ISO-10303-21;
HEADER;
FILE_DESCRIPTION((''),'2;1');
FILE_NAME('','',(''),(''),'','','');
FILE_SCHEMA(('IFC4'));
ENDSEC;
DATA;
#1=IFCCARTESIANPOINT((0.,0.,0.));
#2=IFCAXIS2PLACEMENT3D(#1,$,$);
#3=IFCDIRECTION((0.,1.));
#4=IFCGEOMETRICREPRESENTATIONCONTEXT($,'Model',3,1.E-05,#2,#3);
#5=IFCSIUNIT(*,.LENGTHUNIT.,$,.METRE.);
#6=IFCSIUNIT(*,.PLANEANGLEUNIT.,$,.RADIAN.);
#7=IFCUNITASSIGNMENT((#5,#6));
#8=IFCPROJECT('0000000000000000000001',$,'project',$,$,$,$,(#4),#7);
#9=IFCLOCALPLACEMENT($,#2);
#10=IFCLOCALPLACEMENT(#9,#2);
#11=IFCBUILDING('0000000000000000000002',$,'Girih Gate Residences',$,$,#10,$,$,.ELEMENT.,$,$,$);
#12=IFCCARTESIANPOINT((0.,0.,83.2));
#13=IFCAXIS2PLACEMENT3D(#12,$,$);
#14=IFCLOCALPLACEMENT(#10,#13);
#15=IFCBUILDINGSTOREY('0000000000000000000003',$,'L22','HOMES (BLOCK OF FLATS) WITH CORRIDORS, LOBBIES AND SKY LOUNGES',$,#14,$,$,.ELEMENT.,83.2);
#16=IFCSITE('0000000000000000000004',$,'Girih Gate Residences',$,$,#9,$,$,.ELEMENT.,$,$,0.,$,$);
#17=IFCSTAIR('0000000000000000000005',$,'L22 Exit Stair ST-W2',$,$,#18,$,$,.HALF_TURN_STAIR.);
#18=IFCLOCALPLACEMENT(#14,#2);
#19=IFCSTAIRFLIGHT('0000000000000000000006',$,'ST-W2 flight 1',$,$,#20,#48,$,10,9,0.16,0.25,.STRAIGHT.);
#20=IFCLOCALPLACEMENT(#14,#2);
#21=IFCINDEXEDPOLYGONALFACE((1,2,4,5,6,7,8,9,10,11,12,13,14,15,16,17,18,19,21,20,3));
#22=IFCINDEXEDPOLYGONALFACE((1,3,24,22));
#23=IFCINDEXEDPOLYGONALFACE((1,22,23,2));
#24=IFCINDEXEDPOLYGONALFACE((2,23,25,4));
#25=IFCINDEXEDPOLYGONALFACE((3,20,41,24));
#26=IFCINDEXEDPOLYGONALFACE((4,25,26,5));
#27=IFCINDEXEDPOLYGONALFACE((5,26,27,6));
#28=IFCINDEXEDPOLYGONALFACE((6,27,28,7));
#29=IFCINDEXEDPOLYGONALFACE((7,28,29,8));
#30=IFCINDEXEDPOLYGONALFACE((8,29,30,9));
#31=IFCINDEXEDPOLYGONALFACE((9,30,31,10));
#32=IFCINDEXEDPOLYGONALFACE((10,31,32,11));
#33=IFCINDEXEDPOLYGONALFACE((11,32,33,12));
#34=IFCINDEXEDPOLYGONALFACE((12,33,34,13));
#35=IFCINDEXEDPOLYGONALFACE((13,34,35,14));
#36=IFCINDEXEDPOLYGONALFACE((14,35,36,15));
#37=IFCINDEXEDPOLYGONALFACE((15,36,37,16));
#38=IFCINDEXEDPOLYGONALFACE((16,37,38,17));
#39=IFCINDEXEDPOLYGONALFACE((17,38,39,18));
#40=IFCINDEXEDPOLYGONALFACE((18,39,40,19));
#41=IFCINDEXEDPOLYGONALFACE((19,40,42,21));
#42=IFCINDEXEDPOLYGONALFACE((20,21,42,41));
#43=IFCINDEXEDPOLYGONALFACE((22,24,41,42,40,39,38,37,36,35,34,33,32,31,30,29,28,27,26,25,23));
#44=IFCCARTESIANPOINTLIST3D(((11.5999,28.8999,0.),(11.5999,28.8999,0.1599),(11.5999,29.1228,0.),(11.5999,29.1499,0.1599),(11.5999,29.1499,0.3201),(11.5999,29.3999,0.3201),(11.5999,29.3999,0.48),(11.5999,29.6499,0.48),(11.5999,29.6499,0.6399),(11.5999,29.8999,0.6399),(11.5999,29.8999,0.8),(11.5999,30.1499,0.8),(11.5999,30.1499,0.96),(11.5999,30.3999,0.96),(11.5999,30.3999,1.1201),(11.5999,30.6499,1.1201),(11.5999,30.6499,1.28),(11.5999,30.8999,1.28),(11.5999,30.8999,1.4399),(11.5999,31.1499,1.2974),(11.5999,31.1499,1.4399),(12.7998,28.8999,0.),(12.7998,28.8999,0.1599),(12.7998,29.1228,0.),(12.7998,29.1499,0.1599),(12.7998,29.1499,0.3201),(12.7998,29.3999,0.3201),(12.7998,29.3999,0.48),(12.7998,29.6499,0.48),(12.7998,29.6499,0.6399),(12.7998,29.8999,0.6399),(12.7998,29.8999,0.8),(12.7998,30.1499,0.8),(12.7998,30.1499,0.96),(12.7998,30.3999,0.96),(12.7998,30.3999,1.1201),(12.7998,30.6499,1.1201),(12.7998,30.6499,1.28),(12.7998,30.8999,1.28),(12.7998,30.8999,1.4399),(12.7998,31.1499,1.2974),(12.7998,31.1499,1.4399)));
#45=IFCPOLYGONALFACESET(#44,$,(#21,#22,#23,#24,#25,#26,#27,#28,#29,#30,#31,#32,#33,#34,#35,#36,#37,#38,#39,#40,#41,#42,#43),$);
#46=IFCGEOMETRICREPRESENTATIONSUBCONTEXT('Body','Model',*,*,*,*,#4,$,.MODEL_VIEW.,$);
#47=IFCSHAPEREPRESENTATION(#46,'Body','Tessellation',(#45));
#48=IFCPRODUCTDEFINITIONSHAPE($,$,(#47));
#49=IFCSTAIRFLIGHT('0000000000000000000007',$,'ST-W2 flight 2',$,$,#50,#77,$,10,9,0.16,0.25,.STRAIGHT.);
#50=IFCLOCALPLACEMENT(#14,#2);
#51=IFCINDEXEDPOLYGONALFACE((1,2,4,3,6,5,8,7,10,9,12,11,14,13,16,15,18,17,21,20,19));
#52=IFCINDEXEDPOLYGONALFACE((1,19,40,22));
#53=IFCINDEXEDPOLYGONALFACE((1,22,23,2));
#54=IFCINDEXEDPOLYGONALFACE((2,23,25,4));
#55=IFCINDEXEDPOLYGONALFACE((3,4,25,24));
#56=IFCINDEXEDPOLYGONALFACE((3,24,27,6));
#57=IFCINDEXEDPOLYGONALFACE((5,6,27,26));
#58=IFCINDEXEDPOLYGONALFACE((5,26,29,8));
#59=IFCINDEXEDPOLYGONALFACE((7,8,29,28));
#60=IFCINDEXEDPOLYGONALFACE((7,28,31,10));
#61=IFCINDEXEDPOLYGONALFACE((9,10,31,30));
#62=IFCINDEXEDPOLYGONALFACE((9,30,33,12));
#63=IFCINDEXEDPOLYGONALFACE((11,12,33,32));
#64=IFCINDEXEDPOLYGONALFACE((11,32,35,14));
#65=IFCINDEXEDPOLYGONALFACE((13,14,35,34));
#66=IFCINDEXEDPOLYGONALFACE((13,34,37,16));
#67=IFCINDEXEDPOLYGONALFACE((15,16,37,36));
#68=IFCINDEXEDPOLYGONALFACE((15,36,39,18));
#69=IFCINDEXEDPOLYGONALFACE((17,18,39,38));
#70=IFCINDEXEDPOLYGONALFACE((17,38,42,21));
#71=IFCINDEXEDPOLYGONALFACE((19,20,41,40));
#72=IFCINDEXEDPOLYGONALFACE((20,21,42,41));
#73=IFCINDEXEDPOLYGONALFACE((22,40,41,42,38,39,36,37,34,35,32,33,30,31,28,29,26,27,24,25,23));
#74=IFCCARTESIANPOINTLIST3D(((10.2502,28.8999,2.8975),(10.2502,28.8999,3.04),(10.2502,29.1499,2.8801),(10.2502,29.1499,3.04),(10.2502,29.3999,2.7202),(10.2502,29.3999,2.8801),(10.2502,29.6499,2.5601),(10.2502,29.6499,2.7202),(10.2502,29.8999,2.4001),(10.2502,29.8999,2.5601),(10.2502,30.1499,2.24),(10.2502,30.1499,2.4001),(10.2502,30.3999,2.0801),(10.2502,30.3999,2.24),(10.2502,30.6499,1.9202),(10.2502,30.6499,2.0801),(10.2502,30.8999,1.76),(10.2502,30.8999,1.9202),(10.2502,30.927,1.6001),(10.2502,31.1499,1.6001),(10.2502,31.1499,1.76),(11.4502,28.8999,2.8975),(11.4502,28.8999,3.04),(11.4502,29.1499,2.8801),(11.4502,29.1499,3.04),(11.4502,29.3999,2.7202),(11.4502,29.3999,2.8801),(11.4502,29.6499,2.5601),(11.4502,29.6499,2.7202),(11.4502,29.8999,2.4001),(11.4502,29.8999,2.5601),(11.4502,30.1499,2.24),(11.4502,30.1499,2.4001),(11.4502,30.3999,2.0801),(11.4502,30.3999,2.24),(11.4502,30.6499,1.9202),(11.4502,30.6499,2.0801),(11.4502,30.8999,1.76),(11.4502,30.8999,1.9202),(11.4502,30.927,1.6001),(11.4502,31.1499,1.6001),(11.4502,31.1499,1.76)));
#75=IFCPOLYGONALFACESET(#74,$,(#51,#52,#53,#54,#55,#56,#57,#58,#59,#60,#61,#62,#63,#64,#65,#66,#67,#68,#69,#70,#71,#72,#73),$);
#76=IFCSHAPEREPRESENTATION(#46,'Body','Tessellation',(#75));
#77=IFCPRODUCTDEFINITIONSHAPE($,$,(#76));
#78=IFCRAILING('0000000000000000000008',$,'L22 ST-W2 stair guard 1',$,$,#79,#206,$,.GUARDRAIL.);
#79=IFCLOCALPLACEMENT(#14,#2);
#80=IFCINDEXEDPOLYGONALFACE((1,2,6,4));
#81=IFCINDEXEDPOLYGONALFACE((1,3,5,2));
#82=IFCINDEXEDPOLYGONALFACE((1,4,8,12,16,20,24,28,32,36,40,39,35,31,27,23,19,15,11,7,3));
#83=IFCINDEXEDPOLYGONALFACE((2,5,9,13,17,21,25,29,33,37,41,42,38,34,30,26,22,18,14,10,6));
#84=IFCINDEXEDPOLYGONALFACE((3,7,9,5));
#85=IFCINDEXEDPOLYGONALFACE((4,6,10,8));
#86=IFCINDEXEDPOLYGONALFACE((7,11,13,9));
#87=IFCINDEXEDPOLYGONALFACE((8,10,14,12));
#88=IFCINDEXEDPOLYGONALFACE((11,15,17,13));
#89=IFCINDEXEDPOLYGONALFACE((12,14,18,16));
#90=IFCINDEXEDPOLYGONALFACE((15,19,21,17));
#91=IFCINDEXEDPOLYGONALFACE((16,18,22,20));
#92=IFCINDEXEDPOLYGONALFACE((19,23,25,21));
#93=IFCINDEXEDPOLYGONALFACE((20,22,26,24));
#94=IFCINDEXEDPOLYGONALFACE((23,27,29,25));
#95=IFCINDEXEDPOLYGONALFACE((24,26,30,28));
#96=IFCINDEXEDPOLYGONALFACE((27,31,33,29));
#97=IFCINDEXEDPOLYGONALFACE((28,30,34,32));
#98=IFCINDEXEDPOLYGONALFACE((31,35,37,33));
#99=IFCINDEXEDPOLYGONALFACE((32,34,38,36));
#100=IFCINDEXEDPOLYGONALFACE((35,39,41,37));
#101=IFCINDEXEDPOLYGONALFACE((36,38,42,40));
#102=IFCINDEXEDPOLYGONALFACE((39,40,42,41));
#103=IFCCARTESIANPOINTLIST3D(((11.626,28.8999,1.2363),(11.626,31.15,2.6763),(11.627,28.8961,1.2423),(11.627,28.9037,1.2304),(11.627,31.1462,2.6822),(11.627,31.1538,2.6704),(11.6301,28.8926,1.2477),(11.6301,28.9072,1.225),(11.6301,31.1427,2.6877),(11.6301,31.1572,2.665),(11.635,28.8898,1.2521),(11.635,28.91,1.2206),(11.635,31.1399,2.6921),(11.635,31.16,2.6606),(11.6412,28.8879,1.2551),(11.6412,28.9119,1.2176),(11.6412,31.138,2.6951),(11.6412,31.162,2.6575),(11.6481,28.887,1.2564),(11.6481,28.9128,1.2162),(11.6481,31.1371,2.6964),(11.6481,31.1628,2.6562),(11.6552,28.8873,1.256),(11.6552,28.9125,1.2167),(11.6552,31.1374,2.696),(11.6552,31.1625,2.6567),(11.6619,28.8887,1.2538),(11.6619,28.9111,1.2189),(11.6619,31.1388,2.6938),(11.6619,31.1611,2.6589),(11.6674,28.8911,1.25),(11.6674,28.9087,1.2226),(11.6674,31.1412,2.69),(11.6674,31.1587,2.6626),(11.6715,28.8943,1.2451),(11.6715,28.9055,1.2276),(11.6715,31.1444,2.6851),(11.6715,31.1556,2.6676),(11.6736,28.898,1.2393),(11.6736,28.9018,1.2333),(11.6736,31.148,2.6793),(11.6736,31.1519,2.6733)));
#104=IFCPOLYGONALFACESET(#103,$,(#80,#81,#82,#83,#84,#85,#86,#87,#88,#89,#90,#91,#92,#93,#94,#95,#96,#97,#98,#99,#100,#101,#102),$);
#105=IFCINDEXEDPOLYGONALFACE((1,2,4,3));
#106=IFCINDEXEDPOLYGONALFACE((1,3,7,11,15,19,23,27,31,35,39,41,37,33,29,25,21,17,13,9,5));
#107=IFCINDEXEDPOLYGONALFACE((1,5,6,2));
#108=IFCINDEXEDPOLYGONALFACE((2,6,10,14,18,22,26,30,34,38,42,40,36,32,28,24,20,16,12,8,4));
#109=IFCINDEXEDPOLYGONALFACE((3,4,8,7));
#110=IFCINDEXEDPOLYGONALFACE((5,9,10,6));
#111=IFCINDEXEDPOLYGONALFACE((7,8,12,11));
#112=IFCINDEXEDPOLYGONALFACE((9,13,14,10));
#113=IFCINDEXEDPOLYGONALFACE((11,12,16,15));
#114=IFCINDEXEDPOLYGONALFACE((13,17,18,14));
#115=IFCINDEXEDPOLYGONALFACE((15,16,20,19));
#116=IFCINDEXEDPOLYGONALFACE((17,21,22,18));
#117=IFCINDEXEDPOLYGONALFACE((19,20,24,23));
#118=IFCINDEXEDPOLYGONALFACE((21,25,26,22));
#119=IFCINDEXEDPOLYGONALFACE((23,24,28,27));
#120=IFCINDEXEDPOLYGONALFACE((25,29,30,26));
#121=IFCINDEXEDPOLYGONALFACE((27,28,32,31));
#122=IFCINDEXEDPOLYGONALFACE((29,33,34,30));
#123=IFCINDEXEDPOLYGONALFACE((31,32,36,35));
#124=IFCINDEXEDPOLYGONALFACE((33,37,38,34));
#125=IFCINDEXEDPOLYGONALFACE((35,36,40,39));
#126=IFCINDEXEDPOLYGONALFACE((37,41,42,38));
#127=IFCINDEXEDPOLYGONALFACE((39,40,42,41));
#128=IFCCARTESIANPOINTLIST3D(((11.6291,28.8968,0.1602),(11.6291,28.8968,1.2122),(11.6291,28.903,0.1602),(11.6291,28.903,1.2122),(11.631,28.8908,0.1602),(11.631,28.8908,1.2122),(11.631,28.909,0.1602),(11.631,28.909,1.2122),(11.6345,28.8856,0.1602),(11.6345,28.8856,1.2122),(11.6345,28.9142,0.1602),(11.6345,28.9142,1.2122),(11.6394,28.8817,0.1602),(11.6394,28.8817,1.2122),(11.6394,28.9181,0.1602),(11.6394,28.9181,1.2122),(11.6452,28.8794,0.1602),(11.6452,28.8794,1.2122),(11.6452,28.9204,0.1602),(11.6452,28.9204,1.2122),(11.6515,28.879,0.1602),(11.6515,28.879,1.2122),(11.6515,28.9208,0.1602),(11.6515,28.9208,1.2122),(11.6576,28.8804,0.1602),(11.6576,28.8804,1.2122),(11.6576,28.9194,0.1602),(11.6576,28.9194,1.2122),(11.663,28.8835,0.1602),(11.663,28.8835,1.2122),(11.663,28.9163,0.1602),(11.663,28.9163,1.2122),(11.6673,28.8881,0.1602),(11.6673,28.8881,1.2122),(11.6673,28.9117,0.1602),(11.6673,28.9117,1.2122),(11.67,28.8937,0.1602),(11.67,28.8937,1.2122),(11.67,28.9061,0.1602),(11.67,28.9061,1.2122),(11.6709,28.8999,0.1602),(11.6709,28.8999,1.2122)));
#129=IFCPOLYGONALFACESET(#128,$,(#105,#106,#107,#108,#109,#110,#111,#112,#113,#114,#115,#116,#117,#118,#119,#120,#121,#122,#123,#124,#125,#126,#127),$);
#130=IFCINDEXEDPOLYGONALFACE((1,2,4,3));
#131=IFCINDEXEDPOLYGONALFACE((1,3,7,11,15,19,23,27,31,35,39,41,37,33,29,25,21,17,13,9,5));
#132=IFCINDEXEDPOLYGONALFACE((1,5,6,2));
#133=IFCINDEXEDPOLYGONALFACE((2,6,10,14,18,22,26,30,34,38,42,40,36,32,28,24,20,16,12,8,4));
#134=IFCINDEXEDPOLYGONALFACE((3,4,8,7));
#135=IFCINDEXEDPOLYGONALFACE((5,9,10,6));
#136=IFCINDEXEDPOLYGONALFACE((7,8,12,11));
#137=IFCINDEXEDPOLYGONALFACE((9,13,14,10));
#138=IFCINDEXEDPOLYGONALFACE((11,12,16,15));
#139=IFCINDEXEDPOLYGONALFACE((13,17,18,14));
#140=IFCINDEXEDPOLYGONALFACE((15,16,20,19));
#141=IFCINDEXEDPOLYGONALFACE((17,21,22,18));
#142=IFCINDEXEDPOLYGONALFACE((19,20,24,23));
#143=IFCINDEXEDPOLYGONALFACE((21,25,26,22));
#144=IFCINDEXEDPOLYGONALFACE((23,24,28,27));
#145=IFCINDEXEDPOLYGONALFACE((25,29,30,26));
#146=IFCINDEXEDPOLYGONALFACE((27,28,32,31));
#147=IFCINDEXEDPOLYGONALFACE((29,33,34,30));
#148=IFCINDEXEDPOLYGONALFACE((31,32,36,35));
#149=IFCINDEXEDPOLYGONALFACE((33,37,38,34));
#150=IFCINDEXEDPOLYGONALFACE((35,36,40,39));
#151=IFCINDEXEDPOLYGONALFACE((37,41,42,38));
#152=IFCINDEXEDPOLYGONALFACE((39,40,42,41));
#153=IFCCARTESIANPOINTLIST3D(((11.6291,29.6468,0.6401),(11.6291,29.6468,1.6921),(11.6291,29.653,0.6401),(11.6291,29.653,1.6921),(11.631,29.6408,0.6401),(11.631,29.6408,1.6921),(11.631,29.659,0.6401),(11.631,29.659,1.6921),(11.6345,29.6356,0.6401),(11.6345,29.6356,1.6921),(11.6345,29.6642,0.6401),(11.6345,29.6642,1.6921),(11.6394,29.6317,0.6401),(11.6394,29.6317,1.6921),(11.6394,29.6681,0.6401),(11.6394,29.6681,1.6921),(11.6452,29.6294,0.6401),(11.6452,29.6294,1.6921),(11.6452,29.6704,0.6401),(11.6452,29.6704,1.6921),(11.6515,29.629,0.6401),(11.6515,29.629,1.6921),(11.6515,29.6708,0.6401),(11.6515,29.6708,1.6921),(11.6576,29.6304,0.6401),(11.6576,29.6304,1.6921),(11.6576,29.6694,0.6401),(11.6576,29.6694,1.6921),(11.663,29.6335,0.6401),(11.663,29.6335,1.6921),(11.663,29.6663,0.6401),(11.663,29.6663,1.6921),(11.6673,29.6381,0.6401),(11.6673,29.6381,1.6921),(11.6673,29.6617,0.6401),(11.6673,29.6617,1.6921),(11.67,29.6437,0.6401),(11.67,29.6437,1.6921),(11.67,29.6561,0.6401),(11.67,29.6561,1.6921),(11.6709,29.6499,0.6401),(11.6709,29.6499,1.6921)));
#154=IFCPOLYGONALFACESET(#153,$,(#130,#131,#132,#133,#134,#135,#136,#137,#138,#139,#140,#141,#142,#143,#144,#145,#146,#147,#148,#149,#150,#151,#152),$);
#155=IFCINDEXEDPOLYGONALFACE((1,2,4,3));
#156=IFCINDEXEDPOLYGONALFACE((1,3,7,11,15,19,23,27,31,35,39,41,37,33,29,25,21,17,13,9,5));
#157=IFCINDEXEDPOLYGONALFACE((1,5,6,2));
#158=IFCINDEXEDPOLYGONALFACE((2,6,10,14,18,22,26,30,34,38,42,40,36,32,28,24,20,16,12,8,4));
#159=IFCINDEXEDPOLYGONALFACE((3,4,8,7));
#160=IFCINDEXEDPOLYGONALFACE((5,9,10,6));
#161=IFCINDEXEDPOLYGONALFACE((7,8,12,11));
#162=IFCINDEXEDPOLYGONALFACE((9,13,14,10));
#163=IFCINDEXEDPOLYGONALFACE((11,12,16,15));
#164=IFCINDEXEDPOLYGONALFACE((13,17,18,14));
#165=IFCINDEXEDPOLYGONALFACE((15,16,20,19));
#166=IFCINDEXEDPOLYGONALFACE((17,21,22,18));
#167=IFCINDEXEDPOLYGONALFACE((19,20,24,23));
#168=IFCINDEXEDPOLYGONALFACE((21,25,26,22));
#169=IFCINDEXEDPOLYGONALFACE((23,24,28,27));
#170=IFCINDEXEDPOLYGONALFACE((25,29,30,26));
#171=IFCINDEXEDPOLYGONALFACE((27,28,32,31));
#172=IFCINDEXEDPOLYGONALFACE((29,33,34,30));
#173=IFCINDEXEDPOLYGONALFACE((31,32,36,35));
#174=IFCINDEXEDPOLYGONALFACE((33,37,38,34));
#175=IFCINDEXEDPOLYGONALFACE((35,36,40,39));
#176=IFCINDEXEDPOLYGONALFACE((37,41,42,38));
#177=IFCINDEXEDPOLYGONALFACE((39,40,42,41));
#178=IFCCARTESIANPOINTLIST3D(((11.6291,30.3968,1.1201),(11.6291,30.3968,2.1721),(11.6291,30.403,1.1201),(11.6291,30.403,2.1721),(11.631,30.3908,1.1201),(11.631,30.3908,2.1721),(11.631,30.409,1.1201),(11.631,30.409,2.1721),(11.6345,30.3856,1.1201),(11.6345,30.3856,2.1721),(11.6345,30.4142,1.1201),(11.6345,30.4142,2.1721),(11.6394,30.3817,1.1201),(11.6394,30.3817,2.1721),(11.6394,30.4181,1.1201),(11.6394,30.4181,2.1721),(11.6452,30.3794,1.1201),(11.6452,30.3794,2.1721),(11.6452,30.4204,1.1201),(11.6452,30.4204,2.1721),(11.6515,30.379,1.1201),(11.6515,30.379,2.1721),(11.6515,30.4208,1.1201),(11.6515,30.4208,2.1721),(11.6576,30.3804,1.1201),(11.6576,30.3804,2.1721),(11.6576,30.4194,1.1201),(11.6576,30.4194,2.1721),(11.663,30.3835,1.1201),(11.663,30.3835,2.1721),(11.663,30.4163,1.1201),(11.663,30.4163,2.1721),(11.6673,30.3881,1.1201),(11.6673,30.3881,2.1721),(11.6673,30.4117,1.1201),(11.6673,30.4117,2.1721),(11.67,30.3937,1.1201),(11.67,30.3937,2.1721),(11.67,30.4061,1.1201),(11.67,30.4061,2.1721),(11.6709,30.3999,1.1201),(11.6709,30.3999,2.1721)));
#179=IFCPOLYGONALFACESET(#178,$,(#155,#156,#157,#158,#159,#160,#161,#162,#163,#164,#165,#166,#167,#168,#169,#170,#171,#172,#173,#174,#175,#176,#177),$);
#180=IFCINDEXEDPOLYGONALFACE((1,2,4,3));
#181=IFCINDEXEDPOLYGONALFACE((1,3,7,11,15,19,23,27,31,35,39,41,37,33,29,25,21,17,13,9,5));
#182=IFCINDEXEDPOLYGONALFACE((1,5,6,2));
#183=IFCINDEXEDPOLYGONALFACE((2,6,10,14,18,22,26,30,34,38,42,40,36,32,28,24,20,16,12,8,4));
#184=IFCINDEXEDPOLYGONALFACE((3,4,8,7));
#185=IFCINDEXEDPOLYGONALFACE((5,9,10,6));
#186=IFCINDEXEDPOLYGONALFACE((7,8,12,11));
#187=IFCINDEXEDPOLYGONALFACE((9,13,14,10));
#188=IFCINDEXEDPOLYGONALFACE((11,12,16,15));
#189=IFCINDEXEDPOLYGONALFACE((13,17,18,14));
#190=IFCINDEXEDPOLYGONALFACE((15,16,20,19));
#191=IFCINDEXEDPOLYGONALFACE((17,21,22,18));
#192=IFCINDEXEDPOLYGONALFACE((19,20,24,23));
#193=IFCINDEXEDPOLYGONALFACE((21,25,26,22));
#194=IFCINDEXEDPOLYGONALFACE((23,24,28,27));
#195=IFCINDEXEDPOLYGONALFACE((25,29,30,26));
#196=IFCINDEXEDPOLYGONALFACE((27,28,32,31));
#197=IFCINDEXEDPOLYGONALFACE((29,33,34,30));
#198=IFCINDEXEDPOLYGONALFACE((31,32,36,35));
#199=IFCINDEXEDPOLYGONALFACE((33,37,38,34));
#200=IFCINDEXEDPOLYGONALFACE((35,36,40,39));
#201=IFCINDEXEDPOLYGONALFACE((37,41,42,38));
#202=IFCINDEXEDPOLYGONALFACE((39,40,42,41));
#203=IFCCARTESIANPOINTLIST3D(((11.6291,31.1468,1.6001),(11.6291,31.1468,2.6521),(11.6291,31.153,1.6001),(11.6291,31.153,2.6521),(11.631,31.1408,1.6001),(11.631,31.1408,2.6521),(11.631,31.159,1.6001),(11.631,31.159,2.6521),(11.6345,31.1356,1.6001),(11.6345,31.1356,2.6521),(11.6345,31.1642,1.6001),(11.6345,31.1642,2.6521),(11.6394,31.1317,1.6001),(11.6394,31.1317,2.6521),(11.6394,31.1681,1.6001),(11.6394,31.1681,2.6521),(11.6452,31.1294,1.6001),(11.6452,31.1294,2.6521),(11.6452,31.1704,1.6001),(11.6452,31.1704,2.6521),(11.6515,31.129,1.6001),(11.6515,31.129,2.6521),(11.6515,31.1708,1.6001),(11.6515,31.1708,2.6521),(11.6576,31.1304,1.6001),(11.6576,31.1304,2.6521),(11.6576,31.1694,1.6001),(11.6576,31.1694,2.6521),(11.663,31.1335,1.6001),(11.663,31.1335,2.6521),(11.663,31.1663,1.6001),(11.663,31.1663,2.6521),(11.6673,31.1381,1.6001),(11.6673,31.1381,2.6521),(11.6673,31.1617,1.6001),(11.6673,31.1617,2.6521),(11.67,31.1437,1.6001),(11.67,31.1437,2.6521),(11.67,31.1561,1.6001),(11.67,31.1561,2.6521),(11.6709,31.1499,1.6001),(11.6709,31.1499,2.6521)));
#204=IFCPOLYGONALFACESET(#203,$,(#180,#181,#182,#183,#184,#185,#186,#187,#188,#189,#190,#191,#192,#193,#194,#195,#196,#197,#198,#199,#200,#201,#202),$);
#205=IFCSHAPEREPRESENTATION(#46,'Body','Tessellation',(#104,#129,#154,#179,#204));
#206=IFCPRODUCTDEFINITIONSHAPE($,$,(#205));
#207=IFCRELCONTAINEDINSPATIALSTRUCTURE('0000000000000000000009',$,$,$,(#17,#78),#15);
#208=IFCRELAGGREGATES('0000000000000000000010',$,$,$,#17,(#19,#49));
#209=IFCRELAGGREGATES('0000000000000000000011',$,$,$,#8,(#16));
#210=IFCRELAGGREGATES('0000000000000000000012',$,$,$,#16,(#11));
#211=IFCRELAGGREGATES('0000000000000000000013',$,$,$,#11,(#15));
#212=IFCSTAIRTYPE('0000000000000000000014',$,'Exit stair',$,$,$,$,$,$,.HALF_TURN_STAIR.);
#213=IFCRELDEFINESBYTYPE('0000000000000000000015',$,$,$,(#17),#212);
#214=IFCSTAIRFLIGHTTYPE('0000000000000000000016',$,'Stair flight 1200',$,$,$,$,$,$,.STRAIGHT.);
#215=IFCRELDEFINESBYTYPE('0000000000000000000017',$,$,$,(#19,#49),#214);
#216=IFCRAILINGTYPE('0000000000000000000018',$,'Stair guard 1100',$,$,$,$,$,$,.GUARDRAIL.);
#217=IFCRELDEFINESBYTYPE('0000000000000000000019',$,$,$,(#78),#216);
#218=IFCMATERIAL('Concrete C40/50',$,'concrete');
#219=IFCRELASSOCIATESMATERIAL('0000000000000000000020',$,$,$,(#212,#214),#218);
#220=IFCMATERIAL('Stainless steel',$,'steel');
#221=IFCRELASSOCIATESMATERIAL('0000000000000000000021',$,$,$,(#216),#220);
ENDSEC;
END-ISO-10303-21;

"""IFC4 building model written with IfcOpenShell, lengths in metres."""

from ifc_helpers import new_model, si_unit, direction, frame, origin, origin_2d, place, context, subcontext, project, spatial, polyline, circle, outline, extrude, material, type_object, element, aggregate, save


model = new_model("IFC4")

# Units and contexts
model_context = context("Model", 3, precision=1e-05, world=origin(), true_north=direction((0.0, 1.0)))
body_context = subcontext(model_context, "Body", "Model", "MODEL_VIEW")
ifc_project = project(units=[si_unit("LENGTHUNIT", "METRE"), si_unit("PLANEANGLEUNIT", "RADIAN")], contexts=[model_context])

# Site, building, storey
site_placement = place(None, origin())
site = spatial("IfcSite", under=ifc_project, at=site_placement, Name="Girih Gate Residences", CompositionType="ELEMENT", RefElevation=0.0)
building_placement = place(site_placement, origin())
building = spatial("IfcBuilding", under=site, at=building_placement, Name="Girih Gate Residences", CompositionType="ELEMENT")
storey_placement = place(building_placement, frame((0.0, 0.0, 83.2)))
storey = spatial("IfcBuildingStorey", under=building, at=storey_placement, Name="L22", Description="HOMES (BLOCK OF FLATS) WITH CORRIDORS, LOBBIES AND SKY LOUNGES", CompositionType="ELEMENT", Elevation=83.2)

# Shared definitions
ifc_material_1 = material(Name="Concrete C40/50", Category="concrete")

# Stair, stair flights
stair_type = type_object("IfcStairType", Name="Exit stair", PredefinedType="HALF_TURN_STAIR", material=ifc_material_1)
stair_placement = place(storey_placement, origin())
stair = element("IfcStair", 1, at=stair_placement, inside=storey, type_object=stair_type, Name="L22 Exit Stair ST-W2", PredefinedType="HALF_TURN_STAIR")
stair_flight_type = type_object("IfcStairFlightType", Name="Stair flight 1200", PredefinedType="STRAIGHT", material=ifc_material_1)
stair_flight_1_placement = place(storey_placement, frame((12.2, 28.8999, 0.0), z_axis=(0.0, 0.0, 1.0), x_axis=(0.0, 1.0, 0.0)))
stair_flight_1 = element("IfcStairFlight", 2, at=stair_flight_1_placement, type_object=stair_flight_type, Name="ST-W2 flight 1", NumberOfRisers=10, NumberOfTreads=9, PredefinedType="STRAIGHT", RiserHeight=0.16, TreadLength=0.25, context=body_context, shape_type="SweptSolid", body=[
    extrude(outline(polyline([(0.0, 0.0), (0.0, 0.1599), (0.25, 0.1599), (0.25, 0.3201), (0.5, 0.3201), (0.5, 0.48), (0.75, 0.48), (0.75, 0.6399), (1.0, 0.6399), (1.0, 0.8), (1.25, 0.8), (1.25, 0.96), (1.5, 0.96), (1.5, 1.1201), (1.75, 1.1201), (1.75, 1.28), (2.0, 1.28), (2.0, 1.4399), (2.25, 1.4399), (2.25, 1.6001), (2.25, 1.2974), (0.2229, 0.0), (0.0, 0.0)])), frame((0.0, 0.6001, 0.0), z_axis=(0.0, -1.0, 0.0), x_axis=(1.0, 0.0, 0.0)), (0.0, 0.0, 1.0), 1.2),
])
stair_flight_2_placement = place(storey_placement, frame((10.8501, 31.1499, 1.6001), z_axis=(0.0, 0.0, 1.0), x_axis=(0.0, -1.0, 0.0)))
stair_flight_2 = element("IfcStairFlight", 3, at=stair_flight_2_placement, type_object=stair_flight_type, Name="ST-W2 flight 2", NumberOfRisers=10, NumberOfTreads=9, PredefinedType="STRAIGHT", RiserHeight=0.16, TreadLength=0.25, context=body_context, shape_type="SweptSolid", body=[
    extrude(outline(polyline([(0.0, 0.0), (0.0, 0.1599), (0.25, 0.1599), (0.25, 0.3201), (0.5, 0.3201), (0.5, 0.48), (0.75, 0.48), (0.75, 0.6399), (1.0, 0.6399), (1.0, 0.8), (1.25, 0.8), (1.25, 0.96), (1.5, 0.96), (1.5, 1.1201), (1.75, 1.1201), (1.75, 1.28), (2.0, 1.28), (2.0, 1.4399), (2.25, 1.4399), (2.25, 1.6001), (2.25, 1.2974), (0.2229, 0.0), (0.0, 0.0)])), frame((0.0, 0.6001, 0.0), z_axis=(0.0, -1.0, 0.0), x_axis=(1.0, 0.0, 0.0)), (0.0, 0.0, 1.0), 1.2),
])
aggregate(stair, [stair_flight_1, stair_flight_2])

# Railing
ifc_material_2 = material(Name="Stainless steel", Category="steel")
railing_type_1 = type_object("IfcRailingType", Name="Stair guard 1100", PredefinedType="GUARDRAIL", material=ifc_material_2)
railing_1_placement = place(storey_placement, frame((11.6499, 28.8999, 0.1602)))
element("IfcRailing", 4, at=railing_1_placement, inside=storey, type_object=railing_type_1, Name="L22 ST-W2 stair guard 1", PredefinedType="GUARDRAIL", context=body_context, shape_type="SweptSolid", body=[
    extrude(circle(Radius=0.0239, at=origin_2d()), frame((0.0, 0.0, 1.0762), z_axis=(0.0, 0.842281, 0.539038), x_axis=(-1.0, 0.0, 0.0)), (0.0, 0.0, 1.0), 2.6714),
    extrude(circle(Radius=0.021, at=origin_2d()), origin(), (0.0, 0.0, 1.0), 1.052),
    extrude(circle(Radius=0.021, at=origin_2d()), frame((0.0, 0.75, 0.48)), (0.0, 0.0, 1.0), 1.052),
    extrude(circle(Radius=0.021, at=origin_2d()), frame((0.0, 1.5, 0.96)), (0.0, 0.0, 1.0), 1.052),
    extrude(circle(Radius=0.021, at=origin_2d()), frame((0.0, 2.25, 1.4399)), (0.0, 0.0, 1.0), 1.052),
])

save(model, "model.ifc")
